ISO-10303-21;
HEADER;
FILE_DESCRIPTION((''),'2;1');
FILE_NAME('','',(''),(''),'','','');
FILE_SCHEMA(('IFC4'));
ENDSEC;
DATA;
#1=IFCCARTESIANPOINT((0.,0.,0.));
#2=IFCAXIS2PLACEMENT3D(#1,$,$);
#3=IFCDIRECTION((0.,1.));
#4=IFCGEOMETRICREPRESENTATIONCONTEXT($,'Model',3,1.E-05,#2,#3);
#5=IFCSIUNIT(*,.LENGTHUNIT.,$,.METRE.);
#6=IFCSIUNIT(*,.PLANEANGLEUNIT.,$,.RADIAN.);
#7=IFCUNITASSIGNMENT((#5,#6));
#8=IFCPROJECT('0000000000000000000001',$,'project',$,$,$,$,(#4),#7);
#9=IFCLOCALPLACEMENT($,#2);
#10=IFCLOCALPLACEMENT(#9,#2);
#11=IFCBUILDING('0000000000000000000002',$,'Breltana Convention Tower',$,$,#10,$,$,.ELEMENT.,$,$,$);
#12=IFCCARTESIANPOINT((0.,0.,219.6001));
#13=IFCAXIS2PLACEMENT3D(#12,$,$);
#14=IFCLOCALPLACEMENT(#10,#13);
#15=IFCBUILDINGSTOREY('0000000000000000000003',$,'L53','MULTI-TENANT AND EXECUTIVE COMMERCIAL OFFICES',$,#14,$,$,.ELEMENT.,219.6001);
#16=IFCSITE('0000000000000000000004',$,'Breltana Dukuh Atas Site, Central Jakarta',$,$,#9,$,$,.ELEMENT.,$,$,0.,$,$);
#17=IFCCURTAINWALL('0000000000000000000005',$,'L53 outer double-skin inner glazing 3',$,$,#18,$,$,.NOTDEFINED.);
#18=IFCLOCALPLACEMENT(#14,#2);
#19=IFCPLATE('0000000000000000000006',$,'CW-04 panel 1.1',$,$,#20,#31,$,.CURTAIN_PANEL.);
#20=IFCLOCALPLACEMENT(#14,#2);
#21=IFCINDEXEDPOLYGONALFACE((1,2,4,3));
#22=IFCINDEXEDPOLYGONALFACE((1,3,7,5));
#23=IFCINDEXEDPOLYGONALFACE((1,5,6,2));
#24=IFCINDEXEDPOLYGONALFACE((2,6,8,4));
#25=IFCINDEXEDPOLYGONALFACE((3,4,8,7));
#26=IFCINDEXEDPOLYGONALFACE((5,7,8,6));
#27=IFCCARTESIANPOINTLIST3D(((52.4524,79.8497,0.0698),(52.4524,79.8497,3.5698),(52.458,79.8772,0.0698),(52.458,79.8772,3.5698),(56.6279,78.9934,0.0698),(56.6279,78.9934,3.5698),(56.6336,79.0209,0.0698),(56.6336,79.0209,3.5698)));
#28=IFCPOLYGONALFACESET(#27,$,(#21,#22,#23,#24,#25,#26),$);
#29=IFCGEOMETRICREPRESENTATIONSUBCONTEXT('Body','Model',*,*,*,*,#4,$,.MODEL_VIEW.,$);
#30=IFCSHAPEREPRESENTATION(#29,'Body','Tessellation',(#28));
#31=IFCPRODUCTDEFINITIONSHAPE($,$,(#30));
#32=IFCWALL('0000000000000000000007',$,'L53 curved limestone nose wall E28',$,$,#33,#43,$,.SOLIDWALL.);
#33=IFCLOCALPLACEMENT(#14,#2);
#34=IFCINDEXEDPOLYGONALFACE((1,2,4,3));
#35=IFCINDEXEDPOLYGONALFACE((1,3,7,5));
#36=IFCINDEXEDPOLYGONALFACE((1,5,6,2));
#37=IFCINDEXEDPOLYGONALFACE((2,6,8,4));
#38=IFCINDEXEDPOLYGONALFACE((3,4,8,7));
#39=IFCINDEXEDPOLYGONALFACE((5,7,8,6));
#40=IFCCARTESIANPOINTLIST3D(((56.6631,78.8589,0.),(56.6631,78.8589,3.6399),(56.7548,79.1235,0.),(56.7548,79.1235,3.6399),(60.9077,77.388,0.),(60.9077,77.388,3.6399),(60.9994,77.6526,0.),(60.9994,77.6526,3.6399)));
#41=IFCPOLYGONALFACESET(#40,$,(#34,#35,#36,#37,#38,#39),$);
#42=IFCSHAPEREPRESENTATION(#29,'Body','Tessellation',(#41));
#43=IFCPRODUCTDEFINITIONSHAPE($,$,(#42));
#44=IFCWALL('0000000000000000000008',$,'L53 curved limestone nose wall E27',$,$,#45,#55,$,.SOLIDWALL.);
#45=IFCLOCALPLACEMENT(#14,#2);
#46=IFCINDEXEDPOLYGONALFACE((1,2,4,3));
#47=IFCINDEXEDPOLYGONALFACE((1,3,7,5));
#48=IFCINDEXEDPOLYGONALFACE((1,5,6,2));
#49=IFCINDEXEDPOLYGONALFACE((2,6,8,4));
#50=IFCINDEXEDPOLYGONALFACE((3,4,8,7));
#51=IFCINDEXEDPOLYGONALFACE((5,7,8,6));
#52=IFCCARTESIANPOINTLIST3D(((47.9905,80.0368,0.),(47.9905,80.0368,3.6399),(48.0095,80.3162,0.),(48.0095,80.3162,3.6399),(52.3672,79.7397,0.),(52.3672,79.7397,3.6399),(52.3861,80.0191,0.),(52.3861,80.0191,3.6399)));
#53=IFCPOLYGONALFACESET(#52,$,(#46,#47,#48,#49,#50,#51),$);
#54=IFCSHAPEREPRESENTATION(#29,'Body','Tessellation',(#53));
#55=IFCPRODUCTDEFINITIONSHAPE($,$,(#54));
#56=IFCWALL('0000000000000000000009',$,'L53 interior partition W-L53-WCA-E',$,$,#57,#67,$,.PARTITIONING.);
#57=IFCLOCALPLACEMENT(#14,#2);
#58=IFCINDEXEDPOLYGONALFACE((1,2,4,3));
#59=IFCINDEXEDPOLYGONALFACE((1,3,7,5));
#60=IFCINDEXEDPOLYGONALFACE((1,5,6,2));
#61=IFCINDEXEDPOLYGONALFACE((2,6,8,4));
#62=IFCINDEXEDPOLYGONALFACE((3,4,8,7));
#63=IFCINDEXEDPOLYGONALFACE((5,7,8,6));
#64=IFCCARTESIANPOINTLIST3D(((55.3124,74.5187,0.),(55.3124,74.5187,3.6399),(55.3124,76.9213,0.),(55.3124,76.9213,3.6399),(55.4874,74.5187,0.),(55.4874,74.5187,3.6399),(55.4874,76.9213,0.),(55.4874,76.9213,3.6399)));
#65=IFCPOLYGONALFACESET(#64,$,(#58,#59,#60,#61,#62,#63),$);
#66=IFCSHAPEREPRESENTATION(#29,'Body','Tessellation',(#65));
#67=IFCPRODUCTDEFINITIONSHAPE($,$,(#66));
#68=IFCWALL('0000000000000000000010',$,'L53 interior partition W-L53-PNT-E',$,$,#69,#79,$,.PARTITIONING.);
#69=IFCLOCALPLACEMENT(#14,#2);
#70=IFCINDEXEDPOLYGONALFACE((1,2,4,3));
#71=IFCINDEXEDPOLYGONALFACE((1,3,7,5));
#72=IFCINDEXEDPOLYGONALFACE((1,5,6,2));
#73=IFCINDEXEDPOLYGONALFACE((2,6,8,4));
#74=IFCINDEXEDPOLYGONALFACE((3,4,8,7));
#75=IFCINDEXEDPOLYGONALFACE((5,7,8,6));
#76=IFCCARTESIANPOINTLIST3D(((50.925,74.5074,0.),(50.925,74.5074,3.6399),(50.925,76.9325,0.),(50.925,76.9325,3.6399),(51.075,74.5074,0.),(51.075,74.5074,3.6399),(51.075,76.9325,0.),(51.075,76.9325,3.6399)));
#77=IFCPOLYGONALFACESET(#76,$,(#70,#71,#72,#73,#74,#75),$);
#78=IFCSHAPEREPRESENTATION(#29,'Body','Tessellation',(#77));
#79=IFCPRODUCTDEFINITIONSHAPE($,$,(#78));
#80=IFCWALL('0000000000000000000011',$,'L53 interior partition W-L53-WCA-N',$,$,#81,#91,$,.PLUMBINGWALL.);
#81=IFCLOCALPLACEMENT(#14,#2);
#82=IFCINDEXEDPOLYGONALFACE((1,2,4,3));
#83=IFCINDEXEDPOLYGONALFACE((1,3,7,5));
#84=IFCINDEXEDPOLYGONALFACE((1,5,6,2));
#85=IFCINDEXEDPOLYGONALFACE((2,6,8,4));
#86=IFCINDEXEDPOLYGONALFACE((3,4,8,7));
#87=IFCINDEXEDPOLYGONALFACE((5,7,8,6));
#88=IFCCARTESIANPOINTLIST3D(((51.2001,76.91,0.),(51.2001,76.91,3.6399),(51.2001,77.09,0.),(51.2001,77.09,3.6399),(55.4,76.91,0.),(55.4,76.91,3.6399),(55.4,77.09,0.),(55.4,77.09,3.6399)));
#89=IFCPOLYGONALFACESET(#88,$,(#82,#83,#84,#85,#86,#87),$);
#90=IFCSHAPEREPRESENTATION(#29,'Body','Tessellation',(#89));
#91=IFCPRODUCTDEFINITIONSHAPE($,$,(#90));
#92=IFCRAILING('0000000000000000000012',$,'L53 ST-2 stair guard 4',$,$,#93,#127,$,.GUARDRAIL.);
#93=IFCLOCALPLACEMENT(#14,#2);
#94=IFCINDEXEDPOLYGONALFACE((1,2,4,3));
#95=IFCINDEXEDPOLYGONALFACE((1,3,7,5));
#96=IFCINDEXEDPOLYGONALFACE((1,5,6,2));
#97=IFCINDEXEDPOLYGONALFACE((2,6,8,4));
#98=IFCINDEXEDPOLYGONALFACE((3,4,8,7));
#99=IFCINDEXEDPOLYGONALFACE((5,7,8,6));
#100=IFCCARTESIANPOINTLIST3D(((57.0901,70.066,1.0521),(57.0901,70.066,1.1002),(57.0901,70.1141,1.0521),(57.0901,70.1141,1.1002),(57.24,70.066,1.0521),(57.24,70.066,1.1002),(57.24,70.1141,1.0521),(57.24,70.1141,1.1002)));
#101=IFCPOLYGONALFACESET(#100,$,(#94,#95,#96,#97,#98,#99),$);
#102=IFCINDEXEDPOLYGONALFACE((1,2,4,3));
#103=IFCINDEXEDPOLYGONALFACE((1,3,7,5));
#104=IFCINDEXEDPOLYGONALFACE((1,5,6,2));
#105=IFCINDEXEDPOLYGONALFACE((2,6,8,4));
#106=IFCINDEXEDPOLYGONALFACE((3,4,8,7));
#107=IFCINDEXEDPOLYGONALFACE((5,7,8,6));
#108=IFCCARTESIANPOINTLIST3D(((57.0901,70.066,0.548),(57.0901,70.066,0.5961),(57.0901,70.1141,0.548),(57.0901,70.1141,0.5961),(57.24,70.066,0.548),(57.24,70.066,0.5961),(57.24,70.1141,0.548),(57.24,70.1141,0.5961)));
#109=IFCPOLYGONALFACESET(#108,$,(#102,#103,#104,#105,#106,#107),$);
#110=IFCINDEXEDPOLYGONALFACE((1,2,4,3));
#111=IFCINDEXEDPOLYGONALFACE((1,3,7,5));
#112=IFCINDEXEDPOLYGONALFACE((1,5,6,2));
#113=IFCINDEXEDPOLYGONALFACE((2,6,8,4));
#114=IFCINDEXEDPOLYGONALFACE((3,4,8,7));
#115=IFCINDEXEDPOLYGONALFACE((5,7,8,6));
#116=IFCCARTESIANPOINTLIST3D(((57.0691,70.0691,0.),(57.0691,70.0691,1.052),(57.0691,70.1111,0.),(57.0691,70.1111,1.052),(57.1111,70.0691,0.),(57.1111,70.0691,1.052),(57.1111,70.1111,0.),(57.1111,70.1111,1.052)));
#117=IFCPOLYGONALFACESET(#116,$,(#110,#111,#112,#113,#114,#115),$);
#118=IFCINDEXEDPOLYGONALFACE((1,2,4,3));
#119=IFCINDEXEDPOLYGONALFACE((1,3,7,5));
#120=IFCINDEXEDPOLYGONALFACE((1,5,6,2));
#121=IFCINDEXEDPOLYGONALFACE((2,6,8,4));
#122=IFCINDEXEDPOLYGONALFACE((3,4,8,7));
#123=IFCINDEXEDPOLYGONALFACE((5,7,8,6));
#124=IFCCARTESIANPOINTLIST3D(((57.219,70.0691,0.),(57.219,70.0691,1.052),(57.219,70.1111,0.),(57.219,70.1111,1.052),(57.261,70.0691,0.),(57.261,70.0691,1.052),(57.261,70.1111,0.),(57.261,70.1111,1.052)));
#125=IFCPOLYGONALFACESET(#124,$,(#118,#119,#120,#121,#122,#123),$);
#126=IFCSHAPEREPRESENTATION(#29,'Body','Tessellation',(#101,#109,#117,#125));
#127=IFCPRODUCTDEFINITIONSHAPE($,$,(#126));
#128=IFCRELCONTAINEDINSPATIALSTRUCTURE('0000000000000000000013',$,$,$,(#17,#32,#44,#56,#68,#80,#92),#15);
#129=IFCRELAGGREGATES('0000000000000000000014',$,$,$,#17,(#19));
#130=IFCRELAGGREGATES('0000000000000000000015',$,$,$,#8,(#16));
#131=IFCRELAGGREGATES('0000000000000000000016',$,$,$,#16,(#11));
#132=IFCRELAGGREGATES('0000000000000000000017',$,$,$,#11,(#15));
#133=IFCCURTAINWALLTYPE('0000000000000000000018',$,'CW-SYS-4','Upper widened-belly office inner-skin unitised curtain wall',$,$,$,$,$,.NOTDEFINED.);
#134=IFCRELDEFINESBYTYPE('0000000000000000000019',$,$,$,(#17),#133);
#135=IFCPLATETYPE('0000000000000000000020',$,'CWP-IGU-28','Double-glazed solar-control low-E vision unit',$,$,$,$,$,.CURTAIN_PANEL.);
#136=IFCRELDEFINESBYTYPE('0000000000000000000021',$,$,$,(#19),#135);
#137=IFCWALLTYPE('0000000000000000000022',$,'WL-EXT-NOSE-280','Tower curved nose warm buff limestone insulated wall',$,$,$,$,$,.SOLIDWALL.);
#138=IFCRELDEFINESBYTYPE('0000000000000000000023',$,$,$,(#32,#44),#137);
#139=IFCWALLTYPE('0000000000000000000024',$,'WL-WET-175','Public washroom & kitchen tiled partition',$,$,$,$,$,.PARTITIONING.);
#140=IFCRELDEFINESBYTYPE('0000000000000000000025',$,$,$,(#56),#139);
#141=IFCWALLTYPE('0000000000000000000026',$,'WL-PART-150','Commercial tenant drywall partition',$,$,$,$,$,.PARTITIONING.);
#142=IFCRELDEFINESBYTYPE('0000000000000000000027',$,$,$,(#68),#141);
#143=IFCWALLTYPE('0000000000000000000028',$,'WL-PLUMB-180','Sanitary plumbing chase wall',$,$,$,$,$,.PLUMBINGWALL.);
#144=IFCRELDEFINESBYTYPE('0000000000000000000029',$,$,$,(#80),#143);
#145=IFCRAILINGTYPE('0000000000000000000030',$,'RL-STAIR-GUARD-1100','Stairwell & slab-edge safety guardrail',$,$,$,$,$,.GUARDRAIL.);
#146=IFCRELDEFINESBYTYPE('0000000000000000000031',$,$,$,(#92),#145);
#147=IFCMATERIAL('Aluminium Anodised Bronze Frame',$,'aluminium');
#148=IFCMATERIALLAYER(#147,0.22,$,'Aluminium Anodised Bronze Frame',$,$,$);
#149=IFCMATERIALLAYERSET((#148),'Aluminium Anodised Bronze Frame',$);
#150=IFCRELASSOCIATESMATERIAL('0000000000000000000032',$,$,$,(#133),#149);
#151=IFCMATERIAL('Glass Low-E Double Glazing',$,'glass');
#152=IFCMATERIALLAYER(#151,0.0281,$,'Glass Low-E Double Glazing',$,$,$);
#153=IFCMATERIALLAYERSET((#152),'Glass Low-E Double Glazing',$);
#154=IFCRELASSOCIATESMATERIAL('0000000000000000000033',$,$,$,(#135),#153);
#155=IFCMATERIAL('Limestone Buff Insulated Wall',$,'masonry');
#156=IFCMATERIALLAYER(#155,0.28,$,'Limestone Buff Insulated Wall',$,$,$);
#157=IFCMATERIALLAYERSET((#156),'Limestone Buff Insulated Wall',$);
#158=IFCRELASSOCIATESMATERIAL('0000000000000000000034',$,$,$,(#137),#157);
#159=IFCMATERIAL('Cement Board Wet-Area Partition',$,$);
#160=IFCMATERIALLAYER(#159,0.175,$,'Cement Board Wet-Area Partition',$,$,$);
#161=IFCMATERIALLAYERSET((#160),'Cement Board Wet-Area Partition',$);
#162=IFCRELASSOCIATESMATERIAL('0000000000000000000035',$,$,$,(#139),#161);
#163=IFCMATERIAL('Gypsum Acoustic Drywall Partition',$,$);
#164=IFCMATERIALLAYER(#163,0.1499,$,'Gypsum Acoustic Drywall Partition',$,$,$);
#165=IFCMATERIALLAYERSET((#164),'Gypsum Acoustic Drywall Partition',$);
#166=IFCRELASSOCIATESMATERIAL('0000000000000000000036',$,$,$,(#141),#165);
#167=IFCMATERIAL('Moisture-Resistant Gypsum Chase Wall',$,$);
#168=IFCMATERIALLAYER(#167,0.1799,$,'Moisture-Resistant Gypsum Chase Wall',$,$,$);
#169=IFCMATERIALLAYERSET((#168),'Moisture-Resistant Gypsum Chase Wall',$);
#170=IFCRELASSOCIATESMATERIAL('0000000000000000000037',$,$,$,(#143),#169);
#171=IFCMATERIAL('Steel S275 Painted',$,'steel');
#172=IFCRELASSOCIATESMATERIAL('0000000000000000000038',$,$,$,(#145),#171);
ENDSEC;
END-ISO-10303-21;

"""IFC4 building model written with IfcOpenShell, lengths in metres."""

from ifc_helpers import new_model, si_unit, direction, frame, frame_2d, origin, origin_2d, place, context, subcontext, project, spatial, rectangle, extrude, source, transform, mapped, material, layer, layer_set, type_object, element, aggregate, save


model = new_model("IFC4")

# Units and contexts
model_context = context("Model", 3, precision=1e-05, world=origin(), true_north=direction((0.0, 1.0)))
body_context = subcontext(model_context, "Body", "Model", "MODEL_VIEW")
ifc_project = project(units=[si_unit("LENGTHUNIT", "METRE"), si_unit("PLANEANGLEUNIT", "RADIAN")], contexts=[model_context])

# Site, building, storey
site_placement = place(None, origin())
site = spatial("IfcSite", under=ifc_project, at=site_placement, Name="Breltana Dukuh Atas Site, Central Jakarta", CompositionType="ELEMENT", RefElevation=0.0)
building_placement = place(site_placement, origin())
building = spatial("IfcBuilding", under=site, at=building_placement, Name="Breltana Convention Tower", CompositionType="ELEMENT")
storey_placement = place(building_placement, frame((0.0, 0.0, 219.6001)))
storey = spatial("IfcBuildingStorey", under=building, at=storey_placement, Name="L53", Description="MULTI-TENANT AND EXECUTIVE COMMERCIAL OFFICES", CompositionType="ELEMENT", Elevation=219.6001)

# Curtain wall, plate
ifc_material_1 = material(Name="Aluminium Anodised Bronze Frame", Category="aluminium")
ifc_layer_1 = layer(ifc_material_1, 0.22, Name="Aluminium Anodised Bronze Frame")
ifc_layer_set_1 = layer_set([ifc_layer_1], Name="Aluminium Anodised Bronze Frame")
curtain_wall_type = type_object("IfcCurtainWallType", Name="CW-SYS-4", Description="Upper widened-belly office inner-skin unitised curtain wall", PredefinedType="NOTDEFINED", material=ifc_layer_set_1)
curtain_wall_placement = place(storey_placement, origin())
curtain_wall = element("IfcCurtainWall", 1, at=curtain_wall_placement, inside=storey, type_object=curtain_wall_type, Name="L53 outer double-skin inner glazing 3", PredefinedType="NOTDEFINED")
ifc_material_2 = material(Name="Glass Low-E Double Glazing", Category="glass")
ifc_layer_2 = layer(ifc_material_2, 0.0281, Name="Glass Low-E Double Glazing")
ifc_layer_set_2 = layer_set([ifc_layer_2], Name="Glass Low-E Double Glazing")
plate_type = type_object("IfcPlateType", Name="CWP-IGU-28", Description="Double-glazed solar-control low-E vision unit", PredefinedType="CURTAIN_PANEL", material=ifc_layer_set_2)
shared_shape_1 = source(origin(), body_context, "Body", "SweptSolid", [
    extrude(rectangle(XDim=4.2625, YDim=0.0281, at=origin_2d()), origin(), (0.0, 0.0, 1.0), 3.5),
])
plate_placement = place(storey_placement, frame((54.543, 79.4353, 0.0698), z_axis=(0.0, 0.0, 1.0), x_axis=(0.979616, -0.20088, 0.0)))
plate = element("IfcPlate", 2, at=plate_placement, type_object=plate_type, Name="CW-04 panel 1.1", PredefinedType="CURTAIN_PANEL", context=body_context, shape_type="MappedRepresentation", body=[
    mapped(shared_shape_1, transform((0.0, 0.0, 0.0), scale=1.0)),
])
aggregate(curtain_wall, [plate])

# Walls
ifc_material_3 = material(Name="Limestone Buff Insulated Wall", Category="masonry")
ifc_layer_3 = layer(ifc_material_3, 0.28, Name="Limestone Buff Insulated Wall")
ifc_layer_set_3 = layer_set([ifc_layer_3], Name="Limestone Buff Insulated Wall")
wall_type_1 = type_object("IfcWallType", Name="WL-EXT-NOSE-280", Description="Tower curved nose warm buff limestone insulated wall", PredefinedType="SOLIDWALL", material=ifc_layer_set_3)
shared_shape_2 = source(origin(), body_context, "Body", "SweptSolid", [
    extrude(rectangle(XDim=4.4922, YDim=0.28, at=frame_2d((2.2461, 0.0))), origin(), (0.0, 0.0, 1.0), 3.6399),
])
wall_1_placement = place(storey_placement, frame((56.709, 78.9912, 0.0), z_axis=(0.0, 0.0, 1.0), x_axis=(0.944872, -0.327439, 0.0)))
element("IfcWall", 3, at=wall_1_placement, inside=storey, type_object=wall_type_1, Name="L53 curved limestone nose wall E28", PredefinedType="SOLIDWALL", context=body_context, shape_type="MappedRepresentation", body=[
    mapped(shared_shape_2, transform((0.0, 0.0, 0.0), scale=1.0)),
])
shared_shape_3 = source(origin(), body_context, "Body", "SweptSolid", [
    extrude(rectangle(XDim=4.3867, YDim=0.28, at=frame_2d((2.1934, 0.0))), origin(), (0.0, 0.0, 1.0), 3.6399),
])
wall_2_placement = place(storey_placement, frame((48.0, 80.1765, 0.0), z_axis=(0.0, 0.0, 1.0), x_axis=(0.997704, -0.067731, 0.0)))
element("IfcWall", 4, at=wall_2_placement, inside=storey, type_object=wall_type_1, Name="L53 curved limestone nose wall E27", PredefinedType="SOLIDWALL", context=body_context, shape_type="MappedRepresentation", body=[
    mapped(shared_shape_3, transform((0.0, 0.0, 0.0), scale=1.0)),
])
ifc_material_4 = material(Name="Cement Board Wet-Area Partition")
ifc_layer_4 = layer(ifc_material_4, 0.175, Name="Cement Board Wet-Area Partition")
ifc_layer_set_4 = layer_set([ifc_layer_4], Name="Cement Board Wet-Area Partition")
wall_type_2 = type_object("IfcWallType", Name="WL-WET-175", Description="Public washroom & kitchen tiled partition", PredefinedType="PARTITIONING", material=ifc_layer_set_4)
shared_shape_4 = source(origin(), body_context, "Body", "SweptSolid", [
    extrude(rectangle(XDim=2.4026, YDim=0.175, at=frame_2d((1.2012, 0.0))), origin(), (0.0, 0.0, 1.0), 3.6399),
])
wall_3_placement = place(storey_placement, frame((55.3999, 74.5188, 0.0), z_axis=(0.0, 0.0, 1.0), x_axis=(0.0, 1.0, 0.0)))
element("IfcWall", 5, at=wall_3_placement, inside=storey, type_object=wall_type_2, Name="L53 interior partition W-L53-WCA-E", PredefinedType="PARTITIONING", context=body_context, shape_type="MappedRepresentation", body=[
    mapped(shared_shape_4, transform((0.0, 0.0, 0.0), scale=1.0)),
])
ifc_material_5 = material(Name="Gypsum Acoustic Drywall Partition")
ifc_layer_5 = layer(ifc_material_5, 0.1499, Name="Gypsum Acoustic Drywall Partition")
ifc_layer_set_5 = layer_set([ifc_layer_5], Name="Gypsum Acoustic Drywall Partition")
wall_type_3 = type_object("IfcWallType", Name="WL-PART-150", Description="Commercial tenant drywall partition", PredefinedType="PARTITIONING", material=ifc_layer_set_5)
shared_shape_5 = source(origin(), body_context, "Body", "SweptSolid", [
    extrude(rectangle(XDim=2.425, YDim=0.1499, at=frame_2d((1.2124, 0.0))), origin(), (0.0, 0.0, 1.0), 3.6399),
])
wall_4_placement = place(storey_placement, frame((51.0, 74.5076, 0.0), z_axis=(0.0, 0.0, 1.0), x_axis=(0.0, 1.0, 0.0)))
element("IfcWall", 6, at=wall_4_placement, inside=storey, type_object=wall_type_3, Name="L53 interior partition W-L53-PNT-E", PredefinedType="PARTITIONING", context=body_context, shape_type="MappedRepresentation", body=[
    mapped(shared_shape_5, transform((0.0, 0.0, 0.0), scale=1.0)),
])

# Wall
ifc_material_6 = material(Name="Moisture-Resistant Gypsum Chase Wall")
ifc_layer_6 = layer(ifc_material_6, 0.1799, Name="Moisture-Resistant Gypsum Chase Wall")
ifc_layer_set_6 = layer_set([ifc_layer_6], Name="Moisture-Resistant Gypsum Chase Wall")
wall_type_4 = type_object("IfcWallType", Name="WL-PLUMB-180", Description="Sanitary plumbing chase wall", PredefinedType="PLUMBINGWALL", material=ifc_layer_set_6)
shared_shape_6 = source(origin(), body_context, "Body", "SweptSolid", [
    extrude(rectangle(XDim=4.2, YDim=0.1799, at=frame_2d((2.1001, 0.0))), origin(), (0.0, 0.0, 1.0), 3.6399),
])
wall_5_placement = place(storey_placement, frame((51.2, 77.0, 0.0), z_axis=(0.0, 0.0, 1.0), x_axis=(1.0, 0.0, 0.0)))
element("IfcWall", 7, at=wall_5_placement, inside=storey, type_object=wall_type_4, Name="L53 interior partition W-L53-WCA-N", PredefinedType="PLUMBINGWALL", context=body_context, shape_type="MappedRepresentation", body=[
    mapped(shared_shape_6, transform((0.0, 0.0, 0.0), scale=1.0)),
])

# Railing
ifc_material_7 = material(Name="Steel S275 Painted", Category="steel")
railing_type = type_object("IfcRailingType", Name="RL-STAIR-GUARD-1100", Description="Stairwell & slab-edge safety guardrail", PredefinedType="GUARDRAIL", material=ifc_material_7)
railing_placement = place(storey_placement, frame((57.0901, 70.0901, 0.0)))
element("IfcRailing", 8, at=railing_placement, inside=storey, type_object=railing_type, Name="L53 ST-2 stair guard 4", PredefinedType="GUARDRAIL", context=body_context, shape_type="SweptSolid", body=[
    extrude(rectangle(XDim=0.0481, YDim=0.0481, at=origin_2d()), frame((0.0, 0.0, 1.0762), z_axis=(1.0, 0.0, 0.0), x_axis=(0.0, 1.0, 0.0)), (0.0, 0.0, 1.0), 0.1499),
    extrude(rectangle(XDim=0.0481, YDim=0.0481, at=origin_2d()), frame((0.0, 0.0, 0.572), z_axis=(1.0, 0.0, 0.0), x_axis=(0.0, 1.0, 0.0)), (0.0, 0.0, 1.0), 0.1499),
    extrude(rectangle(XDim=0.042, YDim=0.042, at=origin_2d()), origin(), (0.0, 0.0, 1.0), 1.052),
    extrude(rectangle(XDim=0.042, YDim=0.042, at=origin_2d()), frame((0.1499, 0.0, 0.0)), (0.0, 0.0, 1.0), 1.052),
])

save(model, "model.ifc")
